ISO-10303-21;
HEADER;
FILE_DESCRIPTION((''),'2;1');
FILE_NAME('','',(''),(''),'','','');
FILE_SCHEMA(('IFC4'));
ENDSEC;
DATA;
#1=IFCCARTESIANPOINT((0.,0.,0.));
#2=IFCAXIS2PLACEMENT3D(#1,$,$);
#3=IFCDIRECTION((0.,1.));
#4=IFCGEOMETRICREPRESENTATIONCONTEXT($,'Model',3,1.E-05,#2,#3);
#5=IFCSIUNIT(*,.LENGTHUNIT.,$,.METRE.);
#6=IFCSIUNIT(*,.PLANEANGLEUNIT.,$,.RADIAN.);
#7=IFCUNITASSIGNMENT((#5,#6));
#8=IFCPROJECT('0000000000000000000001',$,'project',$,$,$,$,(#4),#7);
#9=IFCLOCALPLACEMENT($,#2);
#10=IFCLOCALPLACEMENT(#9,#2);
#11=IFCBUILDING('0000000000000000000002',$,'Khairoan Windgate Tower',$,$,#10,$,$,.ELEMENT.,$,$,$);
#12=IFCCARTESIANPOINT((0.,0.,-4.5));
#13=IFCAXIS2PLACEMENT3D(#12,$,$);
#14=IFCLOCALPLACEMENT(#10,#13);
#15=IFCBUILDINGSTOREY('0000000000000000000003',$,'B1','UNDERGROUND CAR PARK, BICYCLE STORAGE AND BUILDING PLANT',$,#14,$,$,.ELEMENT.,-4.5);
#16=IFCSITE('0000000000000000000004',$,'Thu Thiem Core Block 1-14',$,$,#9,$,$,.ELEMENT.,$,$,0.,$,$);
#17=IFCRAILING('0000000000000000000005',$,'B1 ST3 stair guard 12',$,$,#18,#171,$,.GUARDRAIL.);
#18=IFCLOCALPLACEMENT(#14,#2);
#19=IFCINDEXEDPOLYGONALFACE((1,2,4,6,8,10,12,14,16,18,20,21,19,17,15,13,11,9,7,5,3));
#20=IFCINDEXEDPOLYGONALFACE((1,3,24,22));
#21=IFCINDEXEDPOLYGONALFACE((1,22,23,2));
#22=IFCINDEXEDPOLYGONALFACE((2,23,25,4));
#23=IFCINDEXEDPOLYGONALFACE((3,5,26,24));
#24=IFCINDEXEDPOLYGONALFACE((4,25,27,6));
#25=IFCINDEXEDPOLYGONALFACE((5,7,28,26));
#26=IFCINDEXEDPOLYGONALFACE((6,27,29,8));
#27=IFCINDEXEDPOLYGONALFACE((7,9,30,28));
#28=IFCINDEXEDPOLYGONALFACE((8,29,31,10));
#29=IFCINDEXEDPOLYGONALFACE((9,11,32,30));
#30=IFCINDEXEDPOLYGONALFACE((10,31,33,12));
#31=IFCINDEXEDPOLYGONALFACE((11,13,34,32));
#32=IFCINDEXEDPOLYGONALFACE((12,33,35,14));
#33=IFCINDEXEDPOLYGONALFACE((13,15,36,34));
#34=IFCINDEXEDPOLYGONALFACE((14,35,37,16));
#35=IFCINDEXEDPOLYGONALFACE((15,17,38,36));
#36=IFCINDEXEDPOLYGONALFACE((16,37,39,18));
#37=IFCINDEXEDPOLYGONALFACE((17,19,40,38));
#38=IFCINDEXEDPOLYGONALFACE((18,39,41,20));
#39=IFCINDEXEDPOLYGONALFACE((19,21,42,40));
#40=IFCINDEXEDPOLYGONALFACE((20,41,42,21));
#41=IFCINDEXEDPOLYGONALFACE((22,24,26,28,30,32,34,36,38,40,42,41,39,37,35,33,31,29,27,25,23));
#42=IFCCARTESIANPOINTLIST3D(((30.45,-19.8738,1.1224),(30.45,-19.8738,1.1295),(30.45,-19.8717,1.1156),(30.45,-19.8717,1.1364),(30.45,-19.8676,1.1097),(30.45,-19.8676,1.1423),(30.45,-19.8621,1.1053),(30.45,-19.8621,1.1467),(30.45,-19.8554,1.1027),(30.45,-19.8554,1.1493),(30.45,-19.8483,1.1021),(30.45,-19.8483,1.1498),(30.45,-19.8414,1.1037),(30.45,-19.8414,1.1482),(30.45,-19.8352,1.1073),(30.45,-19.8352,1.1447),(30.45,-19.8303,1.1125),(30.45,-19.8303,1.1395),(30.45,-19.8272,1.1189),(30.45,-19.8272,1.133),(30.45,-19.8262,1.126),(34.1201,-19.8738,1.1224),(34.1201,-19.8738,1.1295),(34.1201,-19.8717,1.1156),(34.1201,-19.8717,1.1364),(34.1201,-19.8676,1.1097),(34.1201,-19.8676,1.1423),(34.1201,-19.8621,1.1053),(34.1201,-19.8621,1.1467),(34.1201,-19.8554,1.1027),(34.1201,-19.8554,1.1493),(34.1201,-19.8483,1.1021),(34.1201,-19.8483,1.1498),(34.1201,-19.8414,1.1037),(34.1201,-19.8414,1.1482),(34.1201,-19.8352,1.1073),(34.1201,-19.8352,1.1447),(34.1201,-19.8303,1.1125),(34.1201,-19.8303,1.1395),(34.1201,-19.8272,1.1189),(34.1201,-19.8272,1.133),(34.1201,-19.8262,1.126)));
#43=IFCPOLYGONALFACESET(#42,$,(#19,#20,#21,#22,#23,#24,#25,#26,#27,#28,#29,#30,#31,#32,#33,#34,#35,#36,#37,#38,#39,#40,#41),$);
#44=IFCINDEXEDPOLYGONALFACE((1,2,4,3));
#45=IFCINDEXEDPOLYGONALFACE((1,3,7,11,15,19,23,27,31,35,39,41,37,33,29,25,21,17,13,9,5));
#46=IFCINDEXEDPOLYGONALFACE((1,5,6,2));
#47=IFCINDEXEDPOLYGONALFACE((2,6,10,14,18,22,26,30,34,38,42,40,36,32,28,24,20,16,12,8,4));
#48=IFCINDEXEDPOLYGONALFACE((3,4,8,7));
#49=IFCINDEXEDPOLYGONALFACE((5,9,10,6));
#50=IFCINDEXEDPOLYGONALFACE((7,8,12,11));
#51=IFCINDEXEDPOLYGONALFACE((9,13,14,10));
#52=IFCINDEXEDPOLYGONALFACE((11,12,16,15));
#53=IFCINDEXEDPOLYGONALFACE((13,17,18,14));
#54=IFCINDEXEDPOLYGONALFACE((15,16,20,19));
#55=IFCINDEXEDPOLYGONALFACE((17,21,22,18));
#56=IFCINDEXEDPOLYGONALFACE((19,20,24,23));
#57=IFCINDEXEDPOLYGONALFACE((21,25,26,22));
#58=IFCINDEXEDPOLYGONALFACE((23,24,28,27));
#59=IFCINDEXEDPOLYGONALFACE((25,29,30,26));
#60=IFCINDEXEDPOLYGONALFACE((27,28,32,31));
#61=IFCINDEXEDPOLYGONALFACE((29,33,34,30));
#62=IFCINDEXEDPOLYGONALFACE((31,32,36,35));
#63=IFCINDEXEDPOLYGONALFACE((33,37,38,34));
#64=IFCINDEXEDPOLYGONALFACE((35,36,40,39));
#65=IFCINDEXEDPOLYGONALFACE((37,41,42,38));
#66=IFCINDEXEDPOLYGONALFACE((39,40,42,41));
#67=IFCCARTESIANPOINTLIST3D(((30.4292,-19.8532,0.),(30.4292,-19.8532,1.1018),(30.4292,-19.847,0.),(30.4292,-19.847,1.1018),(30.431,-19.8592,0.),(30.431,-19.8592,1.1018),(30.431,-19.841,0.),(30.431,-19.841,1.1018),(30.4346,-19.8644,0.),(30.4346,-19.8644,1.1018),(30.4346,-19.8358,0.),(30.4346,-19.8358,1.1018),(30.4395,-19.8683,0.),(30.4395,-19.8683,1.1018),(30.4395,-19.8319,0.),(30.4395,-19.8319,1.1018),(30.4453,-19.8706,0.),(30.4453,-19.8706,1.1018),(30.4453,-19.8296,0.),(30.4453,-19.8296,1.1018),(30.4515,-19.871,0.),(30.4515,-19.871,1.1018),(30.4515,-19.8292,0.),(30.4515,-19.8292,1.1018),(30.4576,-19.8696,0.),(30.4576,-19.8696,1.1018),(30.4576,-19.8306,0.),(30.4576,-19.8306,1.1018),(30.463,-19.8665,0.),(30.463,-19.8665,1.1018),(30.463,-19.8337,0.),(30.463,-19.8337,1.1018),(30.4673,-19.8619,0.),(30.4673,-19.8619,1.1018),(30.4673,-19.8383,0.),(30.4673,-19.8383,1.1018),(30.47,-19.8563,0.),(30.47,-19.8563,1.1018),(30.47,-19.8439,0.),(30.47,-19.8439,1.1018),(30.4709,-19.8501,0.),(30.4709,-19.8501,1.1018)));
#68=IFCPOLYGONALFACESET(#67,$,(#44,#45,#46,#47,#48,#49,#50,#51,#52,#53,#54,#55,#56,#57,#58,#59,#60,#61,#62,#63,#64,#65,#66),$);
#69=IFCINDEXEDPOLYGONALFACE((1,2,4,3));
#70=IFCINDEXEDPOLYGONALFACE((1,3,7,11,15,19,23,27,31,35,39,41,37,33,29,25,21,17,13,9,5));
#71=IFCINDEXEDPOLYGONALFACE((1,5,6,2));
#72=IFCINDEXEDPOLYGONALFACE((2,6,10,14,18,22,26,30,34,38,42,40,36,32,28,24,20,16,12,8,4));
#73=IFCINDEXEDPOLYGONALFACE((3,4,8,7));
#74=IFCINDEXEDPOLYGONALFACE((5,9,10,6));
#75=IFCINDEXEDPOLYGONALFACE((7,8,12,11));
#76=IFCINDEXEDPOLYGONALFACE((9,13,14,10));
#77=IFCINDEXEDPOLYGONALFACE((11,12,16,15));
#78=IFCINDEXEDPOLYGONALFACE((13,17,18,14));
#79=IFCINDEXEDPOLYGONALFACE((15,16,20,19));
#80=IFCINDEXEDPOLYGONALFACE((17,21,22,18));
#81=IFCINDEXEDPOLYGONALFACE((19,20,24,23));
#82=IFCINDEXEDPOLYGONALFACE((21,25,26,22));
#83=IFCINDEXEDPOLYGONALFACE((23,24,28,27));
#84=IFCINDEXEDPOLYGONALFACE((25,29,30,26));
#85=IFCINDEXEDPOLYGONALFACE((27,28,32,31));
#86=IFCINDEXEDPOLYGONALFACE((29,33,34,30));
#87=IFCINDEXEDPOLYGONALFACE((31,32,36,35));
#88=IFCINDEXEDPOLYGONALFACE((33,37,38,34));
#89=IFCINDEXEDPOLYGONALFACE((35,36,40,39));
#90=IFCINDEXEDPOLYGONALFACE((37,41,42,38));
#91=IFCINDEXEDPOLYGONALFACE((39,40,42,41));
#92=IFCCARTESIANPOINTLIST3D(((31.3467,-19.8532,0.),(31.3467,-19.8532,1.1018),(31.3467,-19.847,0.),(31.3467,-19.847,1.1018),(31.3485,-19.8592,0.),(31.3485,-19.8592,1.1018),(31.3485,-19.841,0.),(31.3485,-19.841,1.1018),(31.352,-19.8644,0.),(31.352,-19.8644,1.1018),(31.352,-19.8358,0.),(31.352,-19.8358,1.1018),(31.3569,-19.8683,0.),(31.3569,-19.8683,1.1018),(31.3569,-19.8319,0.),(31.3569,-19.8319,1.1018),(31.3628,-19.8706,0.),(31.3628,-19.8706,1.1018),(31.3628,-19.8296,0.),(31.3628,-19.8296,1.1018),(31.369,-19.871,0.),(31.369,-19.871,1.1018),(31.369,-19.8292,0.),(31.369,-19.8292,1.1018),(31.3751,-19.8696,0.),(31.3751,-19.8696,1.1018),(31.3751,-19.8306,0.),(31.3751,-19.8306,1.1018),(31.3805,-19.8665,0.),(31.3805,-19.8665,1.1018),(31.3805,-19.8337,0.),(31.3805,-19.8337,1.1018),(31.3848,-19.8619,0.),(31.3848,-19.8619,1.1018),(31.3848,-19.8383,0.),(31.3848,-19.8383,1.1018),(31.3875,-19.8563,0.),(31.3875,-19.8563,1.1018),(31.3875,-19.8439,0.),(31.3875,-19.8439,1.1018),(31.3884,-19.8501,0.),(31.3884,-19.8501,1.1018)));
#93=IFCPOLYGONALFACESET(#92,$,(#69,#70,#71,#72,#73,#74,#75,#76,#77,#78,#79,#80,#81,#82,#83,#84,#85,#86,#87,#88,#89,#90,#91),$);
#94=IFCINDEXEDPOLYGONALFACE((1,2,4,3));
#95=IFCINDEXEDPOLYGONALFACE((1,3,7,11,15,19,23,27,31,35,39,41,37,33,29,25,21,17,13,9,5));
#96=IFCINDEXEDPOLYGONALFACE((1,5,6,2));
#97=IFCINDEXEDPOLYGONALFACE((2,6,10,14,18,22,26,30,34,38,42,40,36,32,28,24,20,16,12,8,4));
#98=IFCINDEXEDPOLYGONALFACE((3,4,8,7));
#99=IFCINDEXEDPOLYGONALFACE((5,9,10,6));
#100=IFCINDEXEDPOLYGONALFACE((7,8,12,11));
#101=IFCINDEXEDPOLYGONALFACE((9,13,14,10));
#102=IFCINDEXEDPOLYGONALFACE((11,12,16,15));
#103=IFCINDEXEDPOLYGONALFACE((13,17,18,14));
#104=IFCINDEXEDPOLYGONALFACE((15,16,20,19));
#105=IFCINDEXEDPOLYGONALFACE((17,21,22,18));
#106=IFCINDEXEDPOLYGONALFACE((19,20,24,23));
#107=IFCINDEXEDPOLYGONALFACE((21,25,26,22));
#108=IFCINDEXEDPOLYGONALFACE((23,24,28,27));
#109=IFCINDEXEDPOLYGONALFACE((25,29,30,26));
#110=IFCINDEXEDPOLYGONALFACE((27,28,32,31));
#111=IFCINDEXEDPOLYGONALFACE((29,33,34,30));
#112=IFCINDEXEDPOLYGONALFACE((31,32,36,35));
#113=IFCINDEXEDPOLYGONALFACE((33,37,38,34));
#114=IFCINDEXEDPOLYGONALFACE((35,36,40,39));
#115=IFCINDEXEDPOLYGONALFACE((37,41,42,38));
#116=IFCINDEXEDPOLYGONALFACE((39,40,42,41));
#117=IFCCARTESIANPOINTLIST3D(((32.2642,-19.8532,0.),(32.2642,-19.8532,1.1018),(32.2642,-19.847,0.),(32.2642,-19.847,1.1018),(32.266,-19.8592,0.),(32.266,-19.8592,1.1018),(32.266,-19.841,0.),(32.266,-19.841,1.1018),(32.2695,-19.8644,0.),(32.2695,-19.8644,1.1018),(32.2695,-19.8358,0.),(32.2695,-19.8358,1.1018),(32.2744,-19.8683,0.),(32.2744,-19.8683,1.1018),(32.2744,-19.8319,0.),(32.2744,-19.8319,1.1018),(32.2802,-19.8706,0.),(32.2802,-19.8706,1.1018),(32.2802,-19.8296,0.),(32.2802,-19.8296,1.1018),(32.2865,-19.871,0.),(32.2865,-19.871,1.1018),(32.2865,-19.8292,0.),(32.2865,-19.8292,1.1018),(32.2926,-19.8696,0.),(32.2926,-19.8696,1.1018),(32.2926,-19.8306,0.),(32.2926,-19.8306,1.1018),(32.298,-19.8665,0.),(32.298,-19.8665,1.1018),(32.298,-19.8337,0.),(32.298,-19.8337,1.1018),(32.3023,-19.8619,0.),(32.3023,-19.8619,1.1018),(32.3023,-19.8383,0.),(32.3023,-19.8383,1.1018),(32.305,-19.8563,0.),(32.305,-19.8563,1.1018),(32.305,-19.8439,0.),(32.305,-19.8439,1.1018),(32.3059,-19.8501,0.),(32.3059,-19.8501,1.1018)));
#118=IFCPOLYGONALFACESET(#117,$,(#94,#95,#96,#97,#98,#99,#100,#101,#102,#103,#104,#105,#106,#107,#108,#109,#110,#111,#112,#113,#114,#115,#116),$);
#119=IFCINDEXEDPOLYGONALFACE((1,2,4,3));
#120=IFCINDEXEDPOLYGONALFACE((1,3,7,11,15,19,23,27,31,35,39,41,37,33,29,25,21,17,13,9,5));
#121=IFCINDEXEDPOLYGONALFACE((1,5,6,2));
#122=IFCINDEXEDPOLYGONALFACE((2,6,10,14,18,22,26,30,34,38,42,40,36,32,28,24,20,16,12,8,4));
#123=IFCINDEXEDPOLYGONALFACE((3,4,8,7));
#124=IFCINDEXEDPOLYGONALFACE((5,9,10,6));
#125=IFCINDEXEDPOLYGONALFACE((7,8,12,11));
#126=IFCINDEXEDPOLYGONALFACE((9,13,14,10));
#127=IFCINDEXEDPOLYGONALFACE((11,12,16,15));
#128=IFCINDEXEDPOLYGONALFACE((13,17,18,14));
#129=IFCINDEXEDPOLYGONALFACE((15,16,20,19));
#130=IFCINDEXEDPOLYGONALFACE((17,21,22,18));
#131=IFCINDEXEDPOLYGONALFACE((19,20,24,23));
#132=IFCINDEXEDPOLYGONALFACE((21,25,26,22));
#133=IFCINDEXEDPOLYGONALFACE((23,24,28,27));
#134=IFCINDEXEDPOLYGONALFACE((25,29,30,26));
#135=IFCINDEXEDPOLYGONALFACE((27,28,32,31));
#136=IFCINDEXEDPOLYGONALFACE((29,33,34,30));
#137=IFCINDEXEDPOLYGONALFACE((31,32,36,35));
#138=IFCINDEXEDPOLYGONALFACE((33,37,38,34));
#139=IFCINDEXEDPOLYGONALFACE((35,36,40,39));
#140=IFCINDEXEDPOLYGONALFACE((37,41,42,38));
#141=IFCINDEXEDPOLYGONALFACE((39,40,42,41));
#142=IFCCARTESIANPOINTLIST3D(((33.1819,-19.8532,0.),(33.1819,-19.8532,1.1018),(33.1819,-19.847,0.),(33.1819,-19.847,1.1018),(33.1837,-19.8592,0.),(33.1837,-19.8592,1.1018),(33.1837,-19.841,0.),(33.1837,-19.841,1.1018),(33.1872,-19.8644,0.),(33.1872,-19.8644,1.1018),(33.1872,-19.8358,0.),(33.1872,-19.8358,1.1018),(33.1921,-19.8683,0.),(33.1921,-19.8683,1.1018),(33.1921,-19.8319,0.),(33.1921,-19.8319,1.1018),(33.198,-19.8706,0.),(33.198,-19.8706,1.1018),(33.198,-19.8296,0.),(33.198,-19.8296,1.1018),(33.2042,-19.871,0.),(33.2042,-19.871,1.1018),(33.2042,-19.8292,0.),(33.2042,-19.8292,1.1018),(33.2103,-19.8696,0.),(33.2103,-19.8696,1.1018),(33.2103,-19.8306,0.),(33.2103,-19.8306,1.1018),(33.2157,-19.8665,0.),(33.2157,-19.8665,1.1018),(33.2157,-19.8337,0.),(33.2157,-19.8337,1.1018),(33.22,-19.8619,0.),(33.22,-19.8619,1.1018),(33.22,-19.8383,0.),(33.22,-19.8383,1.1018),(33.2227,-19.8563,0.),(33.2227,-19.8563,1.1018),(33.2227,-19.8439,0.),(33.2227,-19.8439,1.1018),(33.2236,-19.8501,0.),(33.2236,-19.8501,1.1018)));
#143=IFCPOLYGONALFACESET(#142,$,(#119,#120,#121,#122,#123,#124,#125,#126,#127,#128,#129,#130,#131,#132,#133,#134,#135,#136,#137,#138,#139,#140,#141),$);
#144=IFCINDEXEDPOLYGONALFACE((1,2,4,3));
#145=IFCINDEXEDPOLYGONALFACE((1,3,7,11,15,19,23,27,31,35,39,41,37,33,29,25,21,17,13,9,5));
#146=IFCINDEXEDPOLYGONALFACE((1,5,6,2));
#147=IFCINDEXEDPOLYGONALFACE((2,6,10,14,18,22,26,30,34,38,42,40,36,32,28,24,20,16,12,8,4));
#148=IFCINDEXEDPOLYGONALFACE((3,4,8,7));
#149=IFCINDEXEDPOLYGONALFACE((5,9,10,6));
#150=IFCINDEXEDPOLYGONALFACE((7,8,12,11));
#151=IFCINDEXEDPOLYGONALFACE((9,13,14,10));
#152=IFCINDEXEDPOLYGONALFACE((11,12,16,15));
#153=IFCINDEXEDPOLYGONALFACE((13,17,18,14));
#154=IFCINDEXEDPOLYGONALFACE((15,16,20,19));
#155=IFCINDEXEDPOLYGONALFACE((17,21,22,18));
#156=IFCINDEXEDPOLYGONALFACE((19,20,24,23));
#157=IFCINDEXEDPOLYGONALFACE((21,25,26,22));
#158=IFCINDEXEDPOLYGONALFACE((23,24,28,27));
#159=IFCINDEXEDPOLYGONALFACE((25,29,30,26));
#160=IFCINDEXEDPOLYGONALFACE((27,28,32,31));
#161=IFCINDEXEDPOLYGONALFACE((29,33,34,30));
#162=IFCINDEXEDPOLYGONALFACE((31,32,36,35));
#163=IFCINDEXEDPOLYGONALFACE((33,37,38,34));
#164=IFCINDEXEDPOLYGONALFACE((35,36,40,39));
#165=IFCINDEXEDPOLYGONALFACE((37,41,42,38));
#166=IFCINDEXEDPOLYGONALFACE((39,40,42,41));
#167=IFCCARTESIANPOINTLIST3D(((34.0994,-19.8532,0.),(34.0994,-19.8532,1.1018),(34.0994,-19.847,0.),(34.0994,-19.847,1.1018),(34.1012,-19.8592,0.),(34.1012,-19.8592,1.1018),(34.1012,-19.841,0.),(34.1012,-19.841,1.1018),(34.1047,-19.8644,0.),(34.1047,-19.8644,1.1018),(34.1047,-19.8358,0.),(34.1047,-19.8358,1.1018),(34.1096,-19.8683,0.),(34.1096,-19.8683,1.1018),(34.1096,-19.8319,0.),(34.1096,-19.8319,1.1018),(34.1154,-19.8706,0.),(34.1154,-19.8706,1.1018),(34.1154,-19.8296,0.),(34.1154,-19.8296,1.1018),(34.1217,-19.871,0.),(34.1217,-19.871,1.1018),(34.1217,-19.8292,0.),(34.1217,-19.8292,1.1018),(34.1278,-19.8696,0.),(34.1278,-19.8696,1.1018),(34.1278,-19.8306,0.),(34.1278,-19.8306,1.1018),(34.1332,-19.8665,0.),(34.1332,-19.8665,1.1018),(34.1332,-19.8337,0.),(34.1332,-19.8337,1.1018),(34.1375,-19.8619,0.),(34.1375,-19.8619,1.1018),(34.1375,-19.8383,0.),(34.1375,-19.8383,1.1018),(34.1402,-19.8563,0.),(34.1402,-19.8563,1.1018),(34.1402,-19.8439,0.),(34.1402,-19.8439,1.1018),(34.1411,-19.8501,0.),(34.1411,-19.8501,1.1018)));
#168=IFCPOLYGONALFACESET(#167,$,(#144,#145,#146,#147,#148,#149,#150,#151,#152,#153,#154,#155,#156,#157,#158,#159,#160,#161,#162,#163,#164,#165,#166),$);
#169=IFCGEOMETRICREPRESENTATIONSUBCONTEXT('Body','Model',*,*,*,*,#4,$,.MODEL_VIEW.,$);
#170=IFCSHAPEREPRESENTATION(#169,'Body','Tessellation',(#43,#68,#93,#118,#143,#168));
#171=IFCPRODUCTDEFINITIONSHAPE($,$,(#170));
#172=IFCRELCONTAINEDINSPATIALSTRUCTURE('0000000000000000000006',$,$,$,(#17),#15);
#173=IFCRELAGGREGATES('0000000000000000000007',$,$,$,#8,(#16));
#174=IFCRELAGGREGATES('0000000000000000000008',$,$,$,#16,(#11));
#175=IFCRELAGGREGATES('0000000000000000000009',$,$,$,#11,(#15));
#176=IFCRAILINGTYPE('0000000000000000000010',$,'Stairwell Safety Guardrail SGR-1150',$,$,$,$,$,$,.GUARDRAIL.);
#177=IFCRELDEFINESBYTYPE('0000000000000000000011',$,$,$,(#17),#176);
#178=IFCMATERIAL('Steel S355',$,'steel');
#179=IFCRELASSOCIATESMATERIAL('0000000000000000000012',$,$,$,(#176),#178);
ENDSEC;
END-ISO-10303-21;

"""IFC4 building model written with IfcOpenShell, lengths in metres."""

from ifc_helpers import new_model, si_unit, direction, frame, origin, origin_2d, place, context, subcontext, project, spatial, circle, extrude, material, type_object, element, save


model = new_model("IFC4")

# Units and contexts
model_context = context("Model", 3, precision=1e-05, world=origin(), true_north=direction((0.0, 1.0)))
body_context = subcontext(model_context, "Body", "Model", "MODEL_VIEW")
ifc_project = project(units=[si_unit("LENGTHUNIT", "METRE"), si_unit("PLANEANGLEUNIT", "RADIAN")], contexts=[model_context])

# Site, building, storey
site_placement = place(None, origin())
site = spatial("IfcSite", under=ifc_project, at=site_placement, Name="Thu Thiem Core Block 1-14", CompositionType="ELEMENT", RefElevation=0.0)
building_placement = place(site_placement, origin())
building = spatial("IfcBuilding", under=site, at=building_placement, Name="Khairoan Windgate Tower", CompositionType="ELEMENT")
storey_placement = place(building_placement, frame((0.0, 0.0, -4.5)))
storey = spatial("IfcBuildingStorey", under=building, at=storey_placement, Name="B1", Description="UNDERGROUND CAR PARK, BICYCLE STORAGE AND BUILDING PLANT", CompositionType="ELEMENT", Elevation=-4.5)

# Railing
ifc_material_1 = material(Name="Steel S355", Category="steel")
railing_type_1 = type_object("IfcRailingType", Name="Stairwell Safety Guardrail SGR-1150", PredefinedType="GUARDRAIL", material=ifc_material_1)
railing_1_placement = place(storey_placement, frame((30.45, -19.8501, 0.0)))
element("IfcRailing", 1, at=railing_1_placement, inside=storey, type_object=railing_type_1, Name="B1 ST3 stair guard 12", PredefinedType="GUARDRAIL", context=body_context, shape_type="SweptSolid", body=[
    extrude(circle(Radius=0.0239, at=origin_2d()), frame((0.0, 0.0, 1.126), z_axis=(1.0, 0.0, 0.0), x_axis=(0.0, 1.0, 0.0)), (0.0, 0.0, 1.0), 3.6702),
    extrude(circle(Radius=0.021, at=origin_2d()), origin(), (0.0, 0.0, 1.0), 1.1018),
    extrude(circle(Radius=0.021, at=origin_2d()), frame((0.9175, 0.0, 0.0)), (0.0, 0.0, 1.0), 1.1018),
    extrude(circle(Radius=0.021, at=origin_2d()), frame((1.835, 0.0, 0.0)), (0.0, 0.0, 1.0), 1.1018),
    extrude(circle(Radius=0.021, at=origin_2d()), frame((2.7527, 0.0, 0.0)), (0.0, 0.0, 1.0), 1.1018),
    extrude(circle(Radius=0.021, at=origin_2d()), frame((3.6702, 0.0, 0.0)), (0.0, 0.0, 1.0), 1.1018),
])

save(model, "model.ifc")
